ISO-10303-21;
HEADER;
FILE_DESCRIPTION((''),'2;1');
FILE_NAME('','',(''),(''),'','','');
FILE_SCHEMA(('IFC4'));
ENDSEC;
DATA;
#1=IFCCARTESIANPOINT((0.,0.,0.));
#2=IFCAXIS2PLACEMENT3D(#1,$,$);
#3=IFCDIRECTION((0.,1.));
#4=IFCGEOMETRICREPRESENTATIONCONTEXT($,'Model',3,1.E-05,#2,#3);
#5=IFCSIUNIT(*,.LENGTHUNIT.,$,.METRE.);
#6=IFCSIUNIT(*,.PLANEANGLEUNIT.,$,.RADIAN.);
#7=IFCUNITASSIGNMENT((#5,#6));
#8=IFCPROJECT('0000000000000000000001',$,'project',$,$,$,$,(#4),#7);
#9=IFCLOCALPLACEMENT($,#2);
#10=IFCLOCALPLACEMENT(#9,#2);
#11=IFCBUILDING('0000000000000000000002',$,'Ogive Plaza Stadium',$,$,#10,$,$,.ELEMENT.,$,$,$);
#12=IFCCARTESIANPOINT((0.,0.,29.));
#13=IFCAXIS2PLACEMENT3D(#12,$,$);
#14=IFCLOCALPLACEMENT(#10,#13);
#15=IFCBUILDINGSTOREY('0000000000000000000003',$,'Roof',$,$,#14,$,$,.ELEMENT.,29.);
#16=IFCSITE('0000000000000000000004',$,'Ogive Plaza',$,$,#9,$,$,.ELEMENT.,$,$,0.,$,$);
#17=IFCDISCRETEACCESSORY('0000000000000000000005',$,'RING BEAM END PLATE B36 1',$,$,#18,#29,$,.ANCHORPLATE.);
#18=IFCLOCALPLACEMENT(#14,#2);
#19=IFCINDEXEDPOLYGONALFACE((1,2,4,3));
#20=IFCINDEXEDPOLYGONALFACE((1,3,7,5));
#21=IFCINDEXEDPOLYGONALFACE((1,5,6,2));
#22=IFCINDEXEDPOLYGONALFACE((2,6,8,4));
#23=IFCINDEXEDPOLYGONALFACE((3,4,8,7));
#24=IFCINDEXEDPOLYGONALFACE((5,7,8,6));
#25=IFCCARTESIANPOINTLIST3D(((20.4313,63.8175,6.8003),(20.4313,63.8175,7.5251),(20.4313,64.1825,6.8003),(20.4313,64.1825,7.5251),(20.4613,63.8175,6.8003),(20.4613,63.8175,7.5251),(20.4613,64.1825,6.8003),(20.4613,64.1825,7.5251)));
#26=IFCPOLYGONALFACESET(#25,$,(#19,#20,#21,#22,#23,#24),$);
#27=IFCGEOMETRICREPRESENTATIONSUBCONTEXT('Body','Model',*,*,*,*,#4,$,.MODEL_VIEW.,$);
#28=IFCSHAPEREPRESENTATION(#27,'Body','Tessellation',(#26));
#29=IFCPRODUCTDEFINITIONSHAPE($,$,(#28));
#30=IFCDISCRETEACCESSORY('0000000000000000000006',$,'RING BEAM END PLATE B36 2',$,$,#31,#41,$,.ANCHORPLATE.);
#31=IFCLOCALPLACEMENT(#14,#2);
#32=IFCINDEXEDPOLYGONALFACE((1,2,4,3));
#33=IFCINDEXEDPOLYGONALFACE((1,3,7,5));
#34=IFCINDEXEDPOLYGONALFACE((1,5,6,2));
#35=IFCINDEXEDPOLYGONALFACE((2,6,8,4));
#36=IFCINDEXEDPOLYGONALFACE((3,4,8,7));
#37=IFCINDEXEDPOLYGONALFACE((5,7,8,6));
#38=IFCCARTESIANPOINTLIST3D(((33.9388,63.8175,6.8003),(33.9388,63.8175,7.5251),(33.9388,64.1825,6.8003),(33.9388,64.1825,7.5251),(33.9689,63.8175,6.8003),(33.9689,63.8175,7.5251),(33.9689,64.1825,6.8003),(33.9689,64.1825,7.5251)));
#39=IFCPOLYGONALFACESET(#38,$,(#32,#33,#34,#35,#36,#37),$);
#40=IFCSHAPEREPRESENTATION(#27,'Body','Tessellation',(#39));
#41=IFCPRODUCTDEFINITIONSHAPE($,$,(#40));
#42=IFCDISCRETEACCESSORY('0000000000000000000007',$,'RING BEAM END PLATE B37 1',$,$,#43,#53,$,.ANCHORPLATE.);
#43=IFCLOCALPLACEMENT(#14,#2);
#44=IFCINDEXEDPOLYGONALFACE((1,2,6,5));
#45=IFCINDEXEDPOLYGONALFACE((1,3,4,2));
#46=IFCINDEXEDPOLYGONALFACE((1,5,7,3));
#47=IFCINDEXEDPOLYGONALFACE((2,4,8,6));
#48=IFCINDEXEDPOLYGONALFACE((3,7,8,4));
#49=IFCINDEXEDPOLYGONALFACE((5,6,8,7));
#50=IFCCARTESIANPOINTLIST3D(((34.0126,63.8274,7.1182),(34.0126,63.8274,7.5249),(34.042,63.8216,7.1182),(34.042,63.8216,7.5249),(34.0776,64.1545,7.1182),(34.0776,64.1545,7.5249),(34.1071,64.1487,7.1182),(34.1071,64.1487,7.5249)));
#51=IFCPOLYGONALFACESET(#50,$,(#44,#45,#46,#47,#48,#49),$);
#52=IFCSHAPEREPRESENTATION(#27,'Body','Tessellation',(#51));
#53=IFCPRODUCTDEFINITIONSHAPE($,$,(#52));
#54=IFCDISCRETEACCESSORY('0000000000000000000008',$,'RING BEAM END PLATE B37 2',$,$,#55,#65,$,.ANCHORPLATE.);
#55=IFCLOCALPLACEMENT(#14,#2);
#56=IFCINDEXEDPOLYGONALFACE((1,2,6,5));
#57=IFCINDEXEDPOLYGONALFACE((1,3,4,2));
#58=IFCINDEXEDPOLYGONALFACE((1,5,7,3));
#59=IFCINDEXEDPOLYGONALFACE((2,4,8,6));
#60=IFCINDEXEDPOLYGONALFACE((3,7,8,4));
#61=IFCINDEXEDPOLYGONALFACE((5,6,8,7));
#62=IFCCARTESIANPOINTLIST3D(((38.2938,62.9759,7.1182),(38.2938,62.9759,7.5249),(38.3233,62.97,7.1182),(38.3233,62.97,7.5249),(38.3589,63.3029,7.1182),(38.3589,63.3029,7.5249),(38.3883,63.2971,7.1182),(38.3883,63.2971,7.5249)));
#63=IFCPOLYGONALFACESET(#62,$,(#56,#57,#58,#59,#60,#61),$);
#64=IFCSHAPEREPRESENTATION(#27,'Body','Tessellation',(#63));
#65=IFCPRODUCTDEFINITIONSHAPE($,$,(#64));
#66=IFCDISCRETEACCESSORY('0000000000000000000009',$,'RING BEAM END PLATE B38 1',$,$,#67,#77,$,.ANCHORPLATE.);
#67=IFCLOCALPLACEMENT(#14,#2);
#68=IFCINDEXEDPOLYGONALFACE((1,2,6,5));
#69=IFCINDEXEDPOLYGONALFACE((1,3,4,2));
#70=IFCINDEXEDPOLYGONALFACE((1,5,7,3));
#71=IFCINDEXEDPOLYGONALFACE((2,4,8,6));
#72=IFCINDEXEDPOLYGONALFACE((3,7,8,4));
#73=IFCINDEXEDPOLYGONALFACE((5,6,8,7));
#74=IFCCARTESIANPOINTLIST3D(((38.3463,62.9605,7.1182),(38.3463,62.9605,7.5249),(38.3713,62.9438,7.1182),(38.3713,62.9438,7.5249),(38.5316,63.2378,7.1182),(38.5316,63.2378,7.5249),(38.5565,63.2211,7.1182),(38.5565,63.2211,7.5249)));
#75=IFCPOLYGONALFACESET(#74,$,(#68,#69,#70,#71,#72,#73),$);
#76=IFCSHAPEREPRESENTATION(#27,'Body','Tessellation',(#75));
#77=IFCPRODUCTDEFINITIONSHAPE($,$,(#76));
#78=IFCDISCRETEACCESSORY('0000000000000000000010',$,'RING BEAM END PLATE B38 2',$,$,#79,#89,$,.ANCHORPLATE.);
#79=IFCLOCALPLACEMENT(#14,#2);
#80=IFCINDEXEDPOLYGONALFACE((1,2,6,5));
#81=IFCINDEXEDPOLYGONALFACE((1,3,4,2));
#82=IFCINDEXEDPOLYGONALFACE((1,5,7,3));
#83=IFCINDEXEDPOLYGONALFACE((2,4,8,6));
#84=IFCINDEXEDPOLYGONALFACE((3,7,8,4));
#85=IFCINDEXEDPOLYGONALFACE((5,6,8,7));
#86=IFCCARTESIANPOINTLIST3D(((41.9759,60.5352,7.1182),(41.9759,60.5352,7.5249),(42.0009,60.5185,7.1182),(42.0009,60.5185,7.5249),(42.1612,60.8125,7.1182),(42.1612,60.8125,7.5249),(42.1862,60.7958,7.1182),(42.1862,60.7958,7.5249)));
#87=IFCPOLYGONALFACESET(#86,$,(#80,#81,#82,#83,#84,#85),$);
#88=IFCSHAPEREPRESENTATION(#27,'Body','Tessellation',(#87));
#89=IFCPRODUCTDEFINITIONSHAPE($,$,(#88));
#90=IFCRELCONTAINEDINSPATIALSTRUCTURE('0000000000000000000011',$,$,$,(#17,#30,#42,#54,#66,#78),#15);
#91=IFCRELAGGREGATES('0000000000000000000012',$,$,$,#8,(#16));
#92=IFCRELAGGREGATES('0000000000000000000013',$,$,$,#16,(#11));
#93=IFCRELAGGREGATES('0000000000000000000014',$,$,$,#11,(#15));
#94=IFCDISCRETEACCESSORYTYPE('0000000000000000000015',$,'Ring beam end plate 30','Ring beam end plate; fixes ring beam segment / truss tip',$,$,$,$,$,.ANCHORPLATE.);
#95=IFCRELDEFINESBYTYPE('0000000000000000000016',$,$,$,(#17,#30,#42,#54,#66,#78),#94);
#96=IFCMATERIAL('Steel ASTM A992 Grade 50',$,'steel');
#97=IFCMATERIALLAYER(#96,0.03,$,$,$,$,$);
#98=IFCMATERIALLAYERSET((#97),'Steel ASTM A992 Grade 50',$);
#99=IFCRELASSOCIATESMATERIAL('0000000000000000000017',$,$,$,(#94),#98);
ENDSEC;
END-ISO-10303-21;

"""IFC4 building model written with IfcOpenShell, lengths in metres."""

from ifc_helpers import new_model, si_unit, direction, frame, origin, origin_2d, place, context, subcontext, project, spatial, rectangle, extrude, material, layer, layer_set, type_object, element, save


model = new_model("IFC4")

# Units and contexts
model_context = context("Model", 3, precision=1e-05, world=origin(), true_north=direction((0.0, 1.0)))
body_context = subcontext(model_context, "Body", "Model", "MODEL_VIEW")
ifc_project = project(units=[si_unit("LENGTHUNIT", "METRE"), si_unit("PLANEANGLEUNIT", "RADIAN")], contexts=[model_context])

# Site, building, storey
site_placement = place(None, origin())
site = spatial("IfcSite", under=ifc_project, at=site_placement, Name="Ogive Plaza", CompositionType="ELEMENT", RefElevation=0.0)
building_placement = place(site_placement, origin())
building = spatial("IfcBuilding", under=site, at=building_placement, Name="Ogive Plaza Stadium", CompositionType="ELEMENT")
storey_placement = place(building_placement, frame((0.0, 0.0, 29.0)))
storey = spatial("IfcBuildingStorey", under=building, at=storey_placement, Name="Roof", CompositionType="ELEMENT", Elevation=29.0)

# Discrete accessories
ifc_material_1 = material(Name="Steel ASTM A992 Grade 50", Category="steel")
ifc_layer_1 = layer(ifc_material_1, 0.03)
ifc_layer_set_1 = layer_set([ifc_layer_1], Name="Steel ASTM A992 Grade 50")
discrete_accessory_type = type_object("IfcDiscreteAccessoryType", Name="Ring beam end plate 30", Description="Ring beam end plate; fixes ring beam segment / truss tip", PredefinedType="ANCHORPLATE", material=ifc_layer_set_1)
for number, where, z_axis, x_axis, name in (
    (1, (20.4463, 64.0, 6.8003), (0.0, 0.0, 1.0), (1.0, 0.0, 0.0), "RING BEAM END PLATE B36 1"),
    (2, (33.9539, 64.0, 6.8003), (0.0, 0.0, 1.0), (1.0, 0.0, 0.0), "RING BEAM END PLATE B36 2"),
):
    element("IfcDiscreteAccessory", number, at=place(storey_placement, frame(where, z_axis=z_axis, x_axis=x_axis)), inside=storey, type_object=discrete_accessory_type, Name=name, PredefinedType="ANCHORPLATE", context=body_context, shape_type="SweptSolid", body=[
        extrude(rectangle(XDim=0.03, YDim=0.365, at=origin_2d()), origin(), (0.0, 0.0, 1.0), 0.7249),
    ])
for number, where, z_axis, x_axis, name in (
    (3, (34.0598, 63.988, 7.1182), (0.0, 0.0, 1.0), (0.980785, -0.19509, 0.0), "RING BEAM END PLATE B37 1"),
    (4, (38.3411, 63.1365, 7.1182), (0.0, 0.0, 1.0), (0.980785, -0.19509, 0.0), "RING BEAM END PLATE B37 2"),
    (5, (38.4514, 63.0908, 7.1182), (0.0, 0.0, 1.0), (0.83147, -0.55557, 0.0), "RING BEAM END PLATE B38 1"),
    (6, (42.0811, 60.6655, 7.1182), (0.0, 0.0, 1.0), (0.83147, -0.55557, 0.0), "RING BEAM END PLATE B38 2"),
):
    element("IfcDiscreteAccessory", number, at=place(storey_placement, frame(where, z_axis=z_axis, x_axis=x_axis)), inside=storey, type_object=discrete_accessory_type, Name=name, PredefinedType="ANCHORPLATE", context=body_context, shape_type="SweptSolid", body=[
        extrude(rectangle(XDim=0.03, YDim=0.3335, at=origin_2d()), origin(), (0.0, 0.0, 1.0), 0.4067),
    ])

save(model, "model.ifc")
